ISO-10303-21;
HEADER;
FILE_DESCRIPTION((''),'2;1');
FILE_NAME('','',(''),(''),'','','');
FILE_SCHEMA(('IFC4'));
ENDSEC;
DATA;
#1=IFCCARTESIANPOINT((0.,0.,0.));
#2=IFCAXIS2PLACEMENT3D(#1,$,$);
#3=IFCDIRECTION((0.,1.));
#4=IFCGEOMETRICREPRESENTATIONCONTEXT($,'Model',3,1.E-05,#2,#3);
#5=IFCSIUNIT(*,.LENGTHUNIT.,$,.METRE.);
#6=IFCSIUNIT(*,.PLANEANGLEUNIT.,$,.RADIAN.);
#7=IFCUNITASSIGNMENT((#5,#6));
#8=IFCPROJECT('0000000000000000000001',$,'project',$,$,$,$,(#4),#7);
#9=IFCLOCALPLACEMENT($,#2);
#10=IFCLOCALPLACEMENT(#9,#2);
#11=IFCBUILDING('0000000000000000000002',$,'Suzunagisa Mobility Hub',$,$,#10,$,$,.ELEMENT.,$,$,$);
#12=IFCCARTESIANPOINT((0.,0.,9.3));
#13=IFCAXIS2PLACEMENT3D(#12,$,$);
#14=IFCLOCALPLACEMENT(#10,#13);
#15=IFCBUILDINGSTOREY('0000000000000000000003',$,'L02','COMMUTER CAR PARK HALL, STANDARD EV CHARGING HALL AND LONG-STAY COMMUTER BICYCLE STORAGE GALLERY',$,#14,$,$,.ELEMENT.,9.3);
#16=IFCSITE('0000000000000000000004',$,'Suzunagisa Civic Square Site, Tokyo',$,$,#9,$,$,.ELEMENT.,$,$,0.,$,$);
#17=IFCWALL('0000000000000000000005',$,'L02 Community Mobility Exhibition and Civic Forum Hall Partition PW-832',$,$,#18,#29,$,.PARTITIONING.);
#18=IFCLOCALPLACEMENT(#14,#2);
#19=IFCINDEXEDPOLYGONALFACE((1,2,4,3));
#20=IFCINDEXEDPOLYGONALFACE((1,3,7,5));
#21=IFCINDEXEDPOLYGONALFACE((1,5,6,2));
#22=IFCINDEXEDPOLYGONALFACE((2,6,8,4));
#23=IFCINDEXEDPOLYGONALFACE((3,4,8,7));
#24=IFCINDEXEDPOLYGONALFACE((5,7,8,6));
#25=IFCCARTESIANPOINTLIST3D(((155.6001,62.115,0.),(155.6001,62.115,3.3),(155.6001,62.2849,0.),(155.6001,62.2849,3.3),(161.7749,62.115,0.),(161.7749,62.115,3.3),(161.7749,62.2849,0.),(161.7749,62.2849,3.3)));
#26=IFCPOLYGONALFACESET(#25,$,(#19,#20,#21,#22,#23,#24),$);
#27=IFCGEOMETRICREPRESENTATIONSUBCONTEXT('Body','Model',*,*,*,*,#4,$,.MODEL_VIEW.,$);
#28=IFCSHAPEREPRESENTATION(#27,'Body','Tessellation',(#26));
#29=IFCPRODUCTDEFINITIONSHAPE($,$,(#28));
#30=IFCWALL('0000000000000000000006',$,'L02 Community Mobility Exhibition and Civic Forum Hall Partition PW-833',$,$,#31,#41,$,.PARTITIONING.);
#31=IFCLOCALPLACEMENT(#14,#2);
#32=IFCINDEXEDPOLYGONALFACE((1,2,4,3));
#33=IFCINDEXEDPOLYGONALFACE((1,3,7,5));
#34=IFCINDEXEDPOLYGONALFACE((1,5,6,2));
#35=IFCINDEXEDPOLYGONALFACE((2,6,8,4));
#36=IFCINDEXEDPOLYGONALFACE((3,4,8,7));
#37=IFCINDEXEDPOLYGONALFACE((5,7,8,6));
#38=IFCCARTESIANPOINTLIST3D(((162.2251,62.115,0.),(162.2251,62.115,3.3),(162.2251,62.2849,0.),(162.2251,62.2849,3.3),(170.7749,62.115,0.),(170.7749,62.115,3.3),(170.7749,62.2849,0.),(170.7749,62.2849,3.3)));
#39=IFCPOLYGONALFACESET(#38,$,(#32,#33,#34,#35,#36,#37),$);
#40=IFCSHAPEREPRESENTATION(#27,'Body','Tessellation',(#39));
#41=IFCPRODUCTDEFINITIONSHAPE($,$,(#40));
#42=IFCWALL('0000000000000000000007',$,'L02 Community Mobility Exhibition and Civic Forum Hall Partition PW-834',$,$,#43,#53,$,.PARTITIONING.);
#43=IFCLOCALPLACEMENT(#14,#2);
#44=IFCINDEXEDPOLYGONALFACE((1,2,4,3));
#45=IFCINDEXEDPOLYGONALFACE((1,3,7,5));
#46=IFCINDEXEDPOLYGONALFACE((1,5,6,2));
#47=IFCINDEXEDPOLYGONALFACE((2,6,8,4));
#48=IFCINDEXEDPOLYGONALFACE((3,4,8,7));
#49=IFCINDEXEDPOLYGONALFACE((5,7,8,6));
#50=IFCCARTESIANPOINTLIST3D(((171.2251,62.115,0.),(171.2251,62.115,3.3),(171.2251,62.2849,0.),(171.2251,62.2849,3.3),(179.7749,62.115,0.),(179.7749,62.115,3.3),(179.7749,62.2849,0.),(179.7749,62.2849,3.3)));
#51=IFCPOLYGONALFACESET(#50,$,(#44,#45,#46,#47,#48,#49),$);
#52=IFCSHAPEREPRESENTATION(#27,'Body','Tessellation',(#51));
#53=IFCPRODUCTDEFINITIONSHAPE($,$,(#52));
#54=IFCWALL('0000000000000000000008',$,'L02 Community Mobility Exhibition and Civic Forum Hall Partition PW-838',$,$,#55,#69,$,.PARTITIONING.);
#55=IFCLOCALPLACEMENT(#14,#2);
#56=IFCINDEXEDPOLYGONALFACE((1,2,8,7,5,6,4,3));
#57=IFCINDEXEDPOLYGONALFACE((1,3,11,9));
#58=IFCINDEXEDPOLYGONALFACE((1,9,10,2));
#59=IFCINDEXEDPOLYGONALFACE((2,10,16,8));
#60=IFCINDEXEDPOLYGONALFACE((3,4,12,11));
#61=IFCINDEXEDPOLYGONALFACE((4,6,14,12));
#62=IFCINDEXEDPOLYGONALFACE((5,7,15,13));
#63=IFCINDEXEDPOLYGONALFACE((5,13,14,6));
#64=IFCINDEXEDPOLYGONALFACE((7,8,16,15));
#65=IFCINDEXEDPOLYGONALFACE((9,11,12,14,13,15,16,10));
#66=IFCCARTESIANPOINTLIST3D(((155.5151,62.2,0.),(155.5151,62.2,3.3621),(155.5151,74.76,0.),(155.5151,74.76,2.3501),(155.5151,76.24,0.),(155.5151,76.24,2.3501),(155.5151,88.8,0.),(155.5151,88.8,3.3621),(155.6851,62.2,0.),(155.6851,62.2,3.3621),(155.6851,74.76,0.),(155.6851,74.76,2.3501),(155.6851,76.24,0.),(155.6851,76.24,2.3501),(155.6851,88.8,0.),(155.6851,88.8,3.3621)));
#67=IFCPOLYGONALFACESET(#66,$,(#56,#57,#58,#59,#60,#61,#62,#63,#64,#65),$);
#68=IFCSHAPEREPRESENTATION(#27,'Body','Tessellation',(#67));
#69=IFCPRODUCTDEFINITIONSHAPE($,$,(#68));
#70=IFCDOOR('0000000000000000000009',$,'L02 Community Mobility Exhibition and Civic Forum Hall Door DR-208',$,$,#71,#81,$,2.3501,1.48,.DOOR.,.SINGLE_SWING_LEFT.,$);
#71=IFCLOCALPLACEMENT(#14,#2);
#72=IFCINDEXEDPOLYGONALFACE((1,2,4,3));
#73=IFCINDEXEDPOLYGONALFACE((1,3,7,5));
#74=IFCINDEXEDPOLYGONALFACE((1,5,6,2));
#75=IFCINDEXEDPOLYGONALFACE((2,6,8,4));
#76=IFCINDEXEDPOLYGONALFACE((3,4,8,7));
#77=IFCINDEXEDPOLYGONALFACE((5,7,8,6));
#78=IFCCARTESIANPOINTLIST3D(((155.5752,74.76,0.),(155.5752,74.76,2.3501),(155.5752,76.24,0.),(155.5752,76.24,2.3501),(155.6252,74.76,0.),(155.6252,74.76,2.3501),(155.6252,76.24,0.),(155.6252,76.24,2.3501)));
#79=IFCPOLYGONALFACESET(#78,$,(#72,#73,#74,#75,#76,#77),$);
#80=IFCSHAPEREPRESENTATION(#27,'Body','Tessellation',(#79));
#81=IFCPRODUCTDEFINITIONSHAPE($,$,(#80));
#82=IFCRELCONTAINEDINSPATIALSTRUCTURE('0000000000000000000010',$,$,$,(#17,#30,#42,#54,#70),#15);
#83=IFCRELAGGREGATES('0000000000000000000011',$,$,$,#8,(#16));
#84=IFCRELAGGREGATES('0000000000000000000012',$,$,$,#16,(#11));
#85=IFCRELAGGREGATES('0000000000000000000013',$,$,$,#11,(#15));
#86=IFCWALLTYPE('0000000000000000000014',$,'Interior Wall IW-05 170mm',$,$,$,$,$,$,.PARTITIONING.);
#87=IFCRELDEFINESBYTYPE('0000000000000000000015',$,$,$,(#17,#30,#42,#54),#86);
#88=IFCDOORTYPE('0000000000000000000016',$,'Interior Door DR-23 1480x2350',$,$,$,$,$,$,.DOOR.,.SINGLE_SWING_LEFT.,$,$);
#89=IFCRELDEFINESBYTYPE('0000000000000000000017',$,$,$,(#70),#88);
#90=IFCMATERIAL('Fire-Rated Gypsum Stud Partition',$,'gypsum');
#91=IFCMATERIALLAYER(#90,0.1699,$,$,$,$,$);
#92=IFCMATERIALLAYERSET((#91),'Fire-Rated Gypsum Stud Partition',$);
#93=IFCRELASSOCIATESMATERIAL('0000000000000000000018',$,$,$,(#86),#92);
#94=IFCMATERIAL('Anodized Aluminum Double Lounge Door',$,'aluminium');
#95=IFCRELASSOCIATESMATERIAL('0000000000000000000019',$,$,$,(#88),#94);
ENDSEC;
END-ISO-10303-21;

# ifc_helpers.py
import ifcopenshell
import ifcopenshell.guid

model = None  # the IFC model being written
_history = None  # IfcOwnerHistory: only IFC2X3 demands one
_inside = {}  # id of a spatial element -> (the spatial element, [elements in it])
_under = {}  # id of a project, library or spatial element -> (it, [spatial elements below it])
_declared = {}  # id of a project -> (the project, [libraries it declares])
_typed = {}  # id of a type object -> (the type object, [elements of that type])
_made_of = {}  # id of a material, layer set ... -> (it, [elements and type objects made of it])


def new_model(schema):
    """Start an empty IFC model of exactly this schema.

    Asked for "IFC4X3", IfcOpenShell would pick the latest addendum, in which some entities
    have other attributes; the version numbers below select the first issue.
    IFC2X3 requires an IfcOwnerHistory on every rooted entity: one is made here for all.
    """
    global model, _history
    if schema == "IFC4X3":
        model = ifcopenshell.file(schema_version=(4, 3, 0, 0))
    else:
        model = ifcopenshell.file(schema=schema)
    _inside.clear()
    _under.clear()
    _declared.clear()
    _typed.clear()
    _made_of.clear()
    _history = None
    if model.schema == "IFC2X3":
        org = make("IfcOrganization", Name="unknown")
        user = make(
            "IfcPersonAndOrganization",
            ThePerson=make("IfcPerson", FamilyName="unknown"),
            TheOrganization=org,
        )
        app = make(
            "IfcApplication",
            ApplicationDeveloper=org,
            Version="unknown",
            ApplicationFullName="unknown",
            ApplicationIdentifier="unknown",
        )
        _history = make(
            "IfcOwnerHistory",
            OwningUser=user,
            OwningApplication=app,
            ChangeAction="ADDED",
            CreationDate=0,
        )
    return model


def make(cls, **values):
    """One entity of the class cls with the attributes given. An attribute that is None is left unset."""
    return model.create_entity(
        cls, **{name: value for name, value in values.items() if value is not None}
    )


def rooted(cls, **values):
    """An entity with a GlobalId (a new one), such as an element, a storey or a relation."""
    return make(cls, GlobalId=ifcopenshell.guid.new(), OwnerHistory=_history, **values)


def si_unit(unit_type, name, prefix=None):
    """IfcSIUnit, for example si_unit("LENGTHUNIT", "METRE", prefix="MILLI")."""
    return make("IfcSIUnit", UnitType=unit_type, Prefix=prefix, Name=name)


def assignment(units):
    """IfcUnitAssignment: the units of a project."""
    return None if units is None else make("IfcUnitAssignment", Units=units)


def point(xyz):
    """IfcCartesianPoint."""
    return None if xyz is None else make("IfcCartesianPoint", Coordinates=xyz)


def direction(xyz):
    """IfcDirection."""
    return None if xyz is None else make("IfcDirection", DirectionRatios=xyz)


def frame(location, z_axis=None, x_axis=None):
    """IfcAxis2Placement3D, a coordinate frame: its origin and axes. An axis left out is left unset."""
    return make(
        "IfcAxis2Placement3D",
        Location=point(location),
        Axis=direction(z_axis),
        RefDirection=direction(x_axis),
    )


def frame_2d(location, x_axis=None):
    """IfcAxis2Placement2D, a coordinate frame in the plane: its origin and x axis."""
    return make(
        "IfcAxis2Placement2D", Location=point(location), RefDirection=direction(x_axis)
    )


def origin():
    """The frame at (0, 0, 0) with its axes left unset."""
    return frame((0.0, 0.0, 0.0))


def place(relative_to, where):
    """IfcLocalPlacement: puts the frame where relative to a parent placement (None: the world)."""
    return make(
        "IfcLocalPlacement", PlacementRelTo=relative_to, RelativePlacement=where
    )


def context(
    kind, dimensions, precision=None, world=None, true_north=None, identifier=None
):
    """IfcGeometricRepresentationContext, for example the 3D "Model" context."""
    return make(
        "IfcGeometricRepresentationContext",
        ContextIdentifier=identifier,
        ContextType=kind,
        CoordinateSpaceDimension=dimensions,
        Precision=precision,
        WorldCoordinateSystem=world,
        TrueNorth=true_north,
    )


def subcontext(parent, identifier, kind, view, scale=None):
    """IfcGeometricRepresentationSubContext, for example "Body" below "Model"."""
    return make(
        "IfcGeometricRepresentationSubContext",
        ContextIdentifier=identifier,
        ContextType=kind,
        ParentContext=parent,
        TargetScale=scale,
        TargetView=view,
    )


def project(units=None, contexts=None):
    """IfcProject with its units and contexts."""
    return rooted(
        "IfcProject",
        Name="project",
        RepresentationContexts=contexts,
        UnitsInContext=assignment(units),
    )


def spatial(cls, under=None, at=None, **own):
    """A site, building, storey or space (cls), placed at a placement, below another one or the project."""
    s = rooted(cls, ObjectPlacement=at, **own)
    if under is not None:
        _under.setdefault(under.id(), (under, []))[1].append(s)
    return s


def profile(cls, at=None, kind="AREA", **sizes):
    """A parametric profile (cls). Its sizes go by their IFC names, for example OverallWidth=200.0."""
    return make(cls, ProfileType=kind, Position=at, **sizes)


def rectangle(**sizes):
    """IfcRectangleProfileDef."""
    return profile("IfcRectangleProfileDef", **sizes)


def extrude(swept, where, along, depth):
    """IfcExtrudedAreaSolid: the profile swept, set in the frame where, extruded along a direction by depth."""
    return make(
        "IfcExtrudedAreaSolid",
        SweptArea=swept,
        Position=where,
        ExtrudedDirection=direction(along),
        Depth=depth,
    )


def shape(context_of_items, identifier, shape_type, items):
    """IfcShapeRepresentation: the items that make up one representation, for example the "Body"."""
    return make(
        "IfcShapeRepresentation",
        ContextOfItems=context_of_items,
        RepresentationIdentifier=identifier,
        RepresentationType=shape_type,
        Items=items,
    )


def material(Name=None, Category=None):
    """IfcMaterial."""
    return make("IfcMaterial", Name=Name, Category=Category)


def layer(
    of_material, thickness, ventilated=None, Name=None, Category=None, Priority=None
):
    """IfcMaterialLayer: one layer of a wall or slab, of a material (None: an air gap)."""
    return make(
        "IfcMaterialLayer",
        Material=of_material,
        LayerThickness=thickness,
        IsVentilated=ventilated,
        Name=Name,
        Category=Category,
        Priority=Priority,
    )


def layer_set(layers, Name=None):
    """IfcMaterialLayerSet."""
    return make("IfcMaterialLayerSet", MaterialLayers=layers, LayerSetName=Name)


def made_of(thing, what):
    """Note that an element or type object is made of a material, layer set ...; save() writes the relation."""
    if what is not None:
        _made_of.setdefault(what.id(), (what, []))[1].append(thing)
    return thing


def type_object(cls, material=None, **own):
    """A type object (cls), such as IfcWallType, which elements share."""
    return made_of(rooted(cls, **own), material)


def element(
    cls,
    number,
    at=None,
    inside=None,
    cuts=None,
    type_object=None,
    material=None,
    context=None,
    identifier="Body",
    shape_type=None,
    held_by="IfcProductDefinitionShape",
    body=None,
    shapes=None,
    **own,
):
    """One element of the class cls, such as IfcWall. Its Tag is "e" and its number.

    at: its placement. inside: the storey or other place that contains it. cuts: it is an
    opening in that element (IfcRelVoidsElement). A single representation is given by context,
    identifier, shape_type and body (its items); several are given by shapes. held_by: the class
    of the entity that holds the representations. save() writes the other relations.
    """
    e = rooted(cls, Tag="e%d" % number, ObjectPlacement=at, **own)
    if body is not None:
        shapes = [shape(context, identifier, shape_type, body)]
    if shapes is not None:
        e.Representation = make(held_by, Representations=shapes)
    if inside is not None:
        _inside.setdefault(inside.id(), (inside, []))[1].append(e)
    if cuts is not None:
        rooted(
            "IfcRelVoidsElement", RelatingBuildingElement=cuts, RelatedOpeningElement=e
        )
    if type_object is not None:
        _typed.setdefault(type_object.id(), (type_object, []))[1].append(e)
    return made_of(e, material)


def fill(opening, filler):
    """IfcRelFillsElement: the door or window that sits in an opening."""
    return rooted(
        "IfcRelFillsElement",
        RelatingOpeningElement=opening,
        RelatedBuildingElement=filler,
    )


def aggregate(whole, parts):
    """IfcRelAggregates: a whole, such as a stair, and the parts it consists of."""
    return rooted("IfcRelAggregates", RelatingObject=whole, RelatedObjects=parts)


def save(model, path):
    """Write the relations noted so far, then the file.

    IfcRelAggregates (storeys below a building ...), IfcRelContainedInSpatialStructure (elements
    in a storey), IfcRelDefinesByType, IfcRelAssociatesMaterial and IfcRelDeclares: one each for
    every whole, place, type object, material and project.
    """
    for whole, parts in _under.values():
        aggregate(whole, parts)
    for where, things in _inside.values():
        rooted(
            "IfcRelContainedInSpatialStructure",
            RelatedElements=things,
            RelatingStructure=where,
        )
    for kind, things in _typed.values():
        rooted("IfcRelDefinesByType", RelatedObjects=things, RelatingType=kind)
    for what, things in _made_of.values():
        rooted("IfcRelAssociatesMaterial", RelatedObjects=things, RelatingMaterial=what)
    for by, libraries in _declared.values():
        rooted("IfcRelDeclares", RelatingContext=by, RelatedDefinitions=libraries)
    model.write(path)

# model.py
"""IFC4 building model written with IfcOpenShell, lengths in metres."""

from ifc_helpers import new_model, si_unit, direction, frame, frame_2d, origin, place, context, subcontext, project, spatial, rectangle, extrude, material, layer, layer_set, type_object, element, fill, save


model = new_model("IFC4")

# Units and contexts
model_context = context("Model", 3, precision=1e-05, world=origin(), true_north=direction((0.0, 1.0)))
body_context = subcontext(model_context, "Body", "Model", "MODEL_VIEW")
ifc_project = project(units=[si_unit("LENGTHUNIT", "METRE"), si_unit("PLANEANGLEUNIT", "RADIAN")], contexts=[model_context])

# Site, building, storey
site_placement = place(None, origin())
site = spatial("IfcSite", under=ifc_project, at=site_placement, Name="Suzunagisa Civic Square Site, Tokyo", CompositionType="ELEMENT", RefElevation=0.0)
building_placement = place(site_placement, origin())
building = spatial("IfcBuilding", under=site, at=building_placement, Name="Suzunagisa Mobility Hub", CompositionType="ELEMENT")
storey_placement = place(building_placement, frame((0.0, 0.0, 9.3)))
storey = spatial("IfcBuildingStorey", under=building, at=storey_placement, Name="L02", Description="COMMUTER CAR PARK HALL, STANDARD EV CHARGING HALL AND LONG-STAY COMMUTER BICYCLE STORAGE GALLERY", CompositionType="ELEMENT", Elevation=9.3)

# Walls
ifc_material_1 = material(Name="Fire-Rated Gypsum Stud Partition", Category="gypsum")
ifc_layer_1 = layer(ifc_material_1, 0.1699)
ifc_layer_set_1 = layer_set([ifc_layer_1], Name="Fire-Rated Gypsum Stud Partition")
wall_type_1 = type_object("IfcWallType", Name="Interior Wall IW-05 170mm", PredefinedType="PARTITIONING", material=ifc_layer_set_1)
wall_1_placement = place(storey_placement, frame((155.6001, 62.2, 0.0), z_axis=(0.0, 0.0, 1.0), x_axis=(1.0, 0.0, 0.0)))
element("IfcWall", 1, at=wall_1_placement, inside=storey, type_object=wall_type_1, Name="L02 Community Mobility Exhibition and Civic Forum Hall Partition PW-832", PredefinedType="PARTITIONING", context=body_context, shape_type="SweptSolid", body=[
    extrude(rectangle(XDim=6.1748, YDim=0.1699, at=frame_2d((3.0874, 0.0))), origin(), (0.0, 0.0, 1.0), 3.3),
])
for number, where, z_axis, x_axis, name in (
    (2, (162.2251, 62.2, 0.0), (0.0, 0.0, 1.0), (1.0, 0.0, 0.0), "L02 Community Mobility Exhibition and Civic Forum Hall Partition PW-833"),
    (3, (171.2251, 62.2, 0.0), (0.0, 0.0, 1.0), (1.0, 0.0, 0.0), "L02 Community Mobility Exhibition and Civic Forum Hall Partition PW-834"),
):
    element("IfcWall", number, at=place(storey_placement, frame(where, z_axis=z_axis, x_axis=x_axis)), inside=storey, type_object=wall_type_1, Name=name, PredefinedType="PARTITIONING", context=body_context, shape_type="SweptSolid", body=[
        extrude(rectangle(XDim=8.5498, YDim=0.1699, at=frame_2d((4.2749, 0.0))), origin(), (0.0, 0.0, 1.0), 3.3),
    ])

# Wall, opening, door
wall_2_placement = place(storey_placement, frame((155.6001, 62.2, 0.0), z_axis=(0.0, 0.0, 1.0), x_axis=(0.0, 1.0, 0.0)))
wall_2 = element("IfcWall", 4, at=wall_2_placement, inside=storey, type_object=wall_type_1, Name="L02 Community Mobility Exhibition and Civic Forum Hall Partition PW-838", PredefinedType="PARTITIONING", context=body_context, shape_type="SweptSolid", body=[
    extrude(rectangle(XDim=26.6001, YDim=0.1699, at=frame_2d((13.3, 0.0))), origin(), (0.0, 0.0, 1.0), 3.3621),
])
opening_1_placement = place(wall_2_placement, frame((12.5601, 0.0, 0.0)))
opening_1 = element("IfcOpeningElement", 5, at=opening_1_placement, cuts=wall_2, PredefinedType="OPENING", context=body_context, shape_type="SweptSolid", body=[
    extrude(rectangle(XDim=1.48, YDim=2.3501, at=frame_2d((0.74, 1.175))), frame((0.0, 0.0959, 0.0), z_axis=(0.0, -1.0, 0.0), x_axis=(1.0, 0.0, 0.0)), (0.0, 0.0, 1.0), 0.1919),
])
ifc_material_2 = material(Name="Anodized Aluminum Double Lounge Door", Category="aluminium")
door_type_1 = type_object("IfcDoorType", Name="Interior Door DR-23 1480x2350", OperationType="SINGLE_SWING_LEFT", PredefinedType="DOOR", material=ifc_material_2)
door_1_placement = place(opening_1_placement, origin())
door_1 = element("IfcDoor", 6, at=door_1_placement, inside=storey, type_object=door_type_1, Name="L02 Community Mobility Exhibition and Civic Forum Hall Door DR-208", OperationType="SINGLE_SWING_LEFT", OverallHeight=2.3501, OverallWidth=1.48, PredefinedType="DOOR", context=body_context, shape_type="SweptSolid", body=[
    extrude(rectangle(XDim=1.48, YDim=2.3501, at=frame_2d((0.74, 1.175))), frame((0.0, 0.0249, 0.0), z_axis=(0.0, -1.0, 0.0), x_axis=(1.0, 0.0, 0.0)), (0.0, 0.0, 1.0), 0.05),
])
fill(opening_1, door_1)

save(model, "model.ifc")
